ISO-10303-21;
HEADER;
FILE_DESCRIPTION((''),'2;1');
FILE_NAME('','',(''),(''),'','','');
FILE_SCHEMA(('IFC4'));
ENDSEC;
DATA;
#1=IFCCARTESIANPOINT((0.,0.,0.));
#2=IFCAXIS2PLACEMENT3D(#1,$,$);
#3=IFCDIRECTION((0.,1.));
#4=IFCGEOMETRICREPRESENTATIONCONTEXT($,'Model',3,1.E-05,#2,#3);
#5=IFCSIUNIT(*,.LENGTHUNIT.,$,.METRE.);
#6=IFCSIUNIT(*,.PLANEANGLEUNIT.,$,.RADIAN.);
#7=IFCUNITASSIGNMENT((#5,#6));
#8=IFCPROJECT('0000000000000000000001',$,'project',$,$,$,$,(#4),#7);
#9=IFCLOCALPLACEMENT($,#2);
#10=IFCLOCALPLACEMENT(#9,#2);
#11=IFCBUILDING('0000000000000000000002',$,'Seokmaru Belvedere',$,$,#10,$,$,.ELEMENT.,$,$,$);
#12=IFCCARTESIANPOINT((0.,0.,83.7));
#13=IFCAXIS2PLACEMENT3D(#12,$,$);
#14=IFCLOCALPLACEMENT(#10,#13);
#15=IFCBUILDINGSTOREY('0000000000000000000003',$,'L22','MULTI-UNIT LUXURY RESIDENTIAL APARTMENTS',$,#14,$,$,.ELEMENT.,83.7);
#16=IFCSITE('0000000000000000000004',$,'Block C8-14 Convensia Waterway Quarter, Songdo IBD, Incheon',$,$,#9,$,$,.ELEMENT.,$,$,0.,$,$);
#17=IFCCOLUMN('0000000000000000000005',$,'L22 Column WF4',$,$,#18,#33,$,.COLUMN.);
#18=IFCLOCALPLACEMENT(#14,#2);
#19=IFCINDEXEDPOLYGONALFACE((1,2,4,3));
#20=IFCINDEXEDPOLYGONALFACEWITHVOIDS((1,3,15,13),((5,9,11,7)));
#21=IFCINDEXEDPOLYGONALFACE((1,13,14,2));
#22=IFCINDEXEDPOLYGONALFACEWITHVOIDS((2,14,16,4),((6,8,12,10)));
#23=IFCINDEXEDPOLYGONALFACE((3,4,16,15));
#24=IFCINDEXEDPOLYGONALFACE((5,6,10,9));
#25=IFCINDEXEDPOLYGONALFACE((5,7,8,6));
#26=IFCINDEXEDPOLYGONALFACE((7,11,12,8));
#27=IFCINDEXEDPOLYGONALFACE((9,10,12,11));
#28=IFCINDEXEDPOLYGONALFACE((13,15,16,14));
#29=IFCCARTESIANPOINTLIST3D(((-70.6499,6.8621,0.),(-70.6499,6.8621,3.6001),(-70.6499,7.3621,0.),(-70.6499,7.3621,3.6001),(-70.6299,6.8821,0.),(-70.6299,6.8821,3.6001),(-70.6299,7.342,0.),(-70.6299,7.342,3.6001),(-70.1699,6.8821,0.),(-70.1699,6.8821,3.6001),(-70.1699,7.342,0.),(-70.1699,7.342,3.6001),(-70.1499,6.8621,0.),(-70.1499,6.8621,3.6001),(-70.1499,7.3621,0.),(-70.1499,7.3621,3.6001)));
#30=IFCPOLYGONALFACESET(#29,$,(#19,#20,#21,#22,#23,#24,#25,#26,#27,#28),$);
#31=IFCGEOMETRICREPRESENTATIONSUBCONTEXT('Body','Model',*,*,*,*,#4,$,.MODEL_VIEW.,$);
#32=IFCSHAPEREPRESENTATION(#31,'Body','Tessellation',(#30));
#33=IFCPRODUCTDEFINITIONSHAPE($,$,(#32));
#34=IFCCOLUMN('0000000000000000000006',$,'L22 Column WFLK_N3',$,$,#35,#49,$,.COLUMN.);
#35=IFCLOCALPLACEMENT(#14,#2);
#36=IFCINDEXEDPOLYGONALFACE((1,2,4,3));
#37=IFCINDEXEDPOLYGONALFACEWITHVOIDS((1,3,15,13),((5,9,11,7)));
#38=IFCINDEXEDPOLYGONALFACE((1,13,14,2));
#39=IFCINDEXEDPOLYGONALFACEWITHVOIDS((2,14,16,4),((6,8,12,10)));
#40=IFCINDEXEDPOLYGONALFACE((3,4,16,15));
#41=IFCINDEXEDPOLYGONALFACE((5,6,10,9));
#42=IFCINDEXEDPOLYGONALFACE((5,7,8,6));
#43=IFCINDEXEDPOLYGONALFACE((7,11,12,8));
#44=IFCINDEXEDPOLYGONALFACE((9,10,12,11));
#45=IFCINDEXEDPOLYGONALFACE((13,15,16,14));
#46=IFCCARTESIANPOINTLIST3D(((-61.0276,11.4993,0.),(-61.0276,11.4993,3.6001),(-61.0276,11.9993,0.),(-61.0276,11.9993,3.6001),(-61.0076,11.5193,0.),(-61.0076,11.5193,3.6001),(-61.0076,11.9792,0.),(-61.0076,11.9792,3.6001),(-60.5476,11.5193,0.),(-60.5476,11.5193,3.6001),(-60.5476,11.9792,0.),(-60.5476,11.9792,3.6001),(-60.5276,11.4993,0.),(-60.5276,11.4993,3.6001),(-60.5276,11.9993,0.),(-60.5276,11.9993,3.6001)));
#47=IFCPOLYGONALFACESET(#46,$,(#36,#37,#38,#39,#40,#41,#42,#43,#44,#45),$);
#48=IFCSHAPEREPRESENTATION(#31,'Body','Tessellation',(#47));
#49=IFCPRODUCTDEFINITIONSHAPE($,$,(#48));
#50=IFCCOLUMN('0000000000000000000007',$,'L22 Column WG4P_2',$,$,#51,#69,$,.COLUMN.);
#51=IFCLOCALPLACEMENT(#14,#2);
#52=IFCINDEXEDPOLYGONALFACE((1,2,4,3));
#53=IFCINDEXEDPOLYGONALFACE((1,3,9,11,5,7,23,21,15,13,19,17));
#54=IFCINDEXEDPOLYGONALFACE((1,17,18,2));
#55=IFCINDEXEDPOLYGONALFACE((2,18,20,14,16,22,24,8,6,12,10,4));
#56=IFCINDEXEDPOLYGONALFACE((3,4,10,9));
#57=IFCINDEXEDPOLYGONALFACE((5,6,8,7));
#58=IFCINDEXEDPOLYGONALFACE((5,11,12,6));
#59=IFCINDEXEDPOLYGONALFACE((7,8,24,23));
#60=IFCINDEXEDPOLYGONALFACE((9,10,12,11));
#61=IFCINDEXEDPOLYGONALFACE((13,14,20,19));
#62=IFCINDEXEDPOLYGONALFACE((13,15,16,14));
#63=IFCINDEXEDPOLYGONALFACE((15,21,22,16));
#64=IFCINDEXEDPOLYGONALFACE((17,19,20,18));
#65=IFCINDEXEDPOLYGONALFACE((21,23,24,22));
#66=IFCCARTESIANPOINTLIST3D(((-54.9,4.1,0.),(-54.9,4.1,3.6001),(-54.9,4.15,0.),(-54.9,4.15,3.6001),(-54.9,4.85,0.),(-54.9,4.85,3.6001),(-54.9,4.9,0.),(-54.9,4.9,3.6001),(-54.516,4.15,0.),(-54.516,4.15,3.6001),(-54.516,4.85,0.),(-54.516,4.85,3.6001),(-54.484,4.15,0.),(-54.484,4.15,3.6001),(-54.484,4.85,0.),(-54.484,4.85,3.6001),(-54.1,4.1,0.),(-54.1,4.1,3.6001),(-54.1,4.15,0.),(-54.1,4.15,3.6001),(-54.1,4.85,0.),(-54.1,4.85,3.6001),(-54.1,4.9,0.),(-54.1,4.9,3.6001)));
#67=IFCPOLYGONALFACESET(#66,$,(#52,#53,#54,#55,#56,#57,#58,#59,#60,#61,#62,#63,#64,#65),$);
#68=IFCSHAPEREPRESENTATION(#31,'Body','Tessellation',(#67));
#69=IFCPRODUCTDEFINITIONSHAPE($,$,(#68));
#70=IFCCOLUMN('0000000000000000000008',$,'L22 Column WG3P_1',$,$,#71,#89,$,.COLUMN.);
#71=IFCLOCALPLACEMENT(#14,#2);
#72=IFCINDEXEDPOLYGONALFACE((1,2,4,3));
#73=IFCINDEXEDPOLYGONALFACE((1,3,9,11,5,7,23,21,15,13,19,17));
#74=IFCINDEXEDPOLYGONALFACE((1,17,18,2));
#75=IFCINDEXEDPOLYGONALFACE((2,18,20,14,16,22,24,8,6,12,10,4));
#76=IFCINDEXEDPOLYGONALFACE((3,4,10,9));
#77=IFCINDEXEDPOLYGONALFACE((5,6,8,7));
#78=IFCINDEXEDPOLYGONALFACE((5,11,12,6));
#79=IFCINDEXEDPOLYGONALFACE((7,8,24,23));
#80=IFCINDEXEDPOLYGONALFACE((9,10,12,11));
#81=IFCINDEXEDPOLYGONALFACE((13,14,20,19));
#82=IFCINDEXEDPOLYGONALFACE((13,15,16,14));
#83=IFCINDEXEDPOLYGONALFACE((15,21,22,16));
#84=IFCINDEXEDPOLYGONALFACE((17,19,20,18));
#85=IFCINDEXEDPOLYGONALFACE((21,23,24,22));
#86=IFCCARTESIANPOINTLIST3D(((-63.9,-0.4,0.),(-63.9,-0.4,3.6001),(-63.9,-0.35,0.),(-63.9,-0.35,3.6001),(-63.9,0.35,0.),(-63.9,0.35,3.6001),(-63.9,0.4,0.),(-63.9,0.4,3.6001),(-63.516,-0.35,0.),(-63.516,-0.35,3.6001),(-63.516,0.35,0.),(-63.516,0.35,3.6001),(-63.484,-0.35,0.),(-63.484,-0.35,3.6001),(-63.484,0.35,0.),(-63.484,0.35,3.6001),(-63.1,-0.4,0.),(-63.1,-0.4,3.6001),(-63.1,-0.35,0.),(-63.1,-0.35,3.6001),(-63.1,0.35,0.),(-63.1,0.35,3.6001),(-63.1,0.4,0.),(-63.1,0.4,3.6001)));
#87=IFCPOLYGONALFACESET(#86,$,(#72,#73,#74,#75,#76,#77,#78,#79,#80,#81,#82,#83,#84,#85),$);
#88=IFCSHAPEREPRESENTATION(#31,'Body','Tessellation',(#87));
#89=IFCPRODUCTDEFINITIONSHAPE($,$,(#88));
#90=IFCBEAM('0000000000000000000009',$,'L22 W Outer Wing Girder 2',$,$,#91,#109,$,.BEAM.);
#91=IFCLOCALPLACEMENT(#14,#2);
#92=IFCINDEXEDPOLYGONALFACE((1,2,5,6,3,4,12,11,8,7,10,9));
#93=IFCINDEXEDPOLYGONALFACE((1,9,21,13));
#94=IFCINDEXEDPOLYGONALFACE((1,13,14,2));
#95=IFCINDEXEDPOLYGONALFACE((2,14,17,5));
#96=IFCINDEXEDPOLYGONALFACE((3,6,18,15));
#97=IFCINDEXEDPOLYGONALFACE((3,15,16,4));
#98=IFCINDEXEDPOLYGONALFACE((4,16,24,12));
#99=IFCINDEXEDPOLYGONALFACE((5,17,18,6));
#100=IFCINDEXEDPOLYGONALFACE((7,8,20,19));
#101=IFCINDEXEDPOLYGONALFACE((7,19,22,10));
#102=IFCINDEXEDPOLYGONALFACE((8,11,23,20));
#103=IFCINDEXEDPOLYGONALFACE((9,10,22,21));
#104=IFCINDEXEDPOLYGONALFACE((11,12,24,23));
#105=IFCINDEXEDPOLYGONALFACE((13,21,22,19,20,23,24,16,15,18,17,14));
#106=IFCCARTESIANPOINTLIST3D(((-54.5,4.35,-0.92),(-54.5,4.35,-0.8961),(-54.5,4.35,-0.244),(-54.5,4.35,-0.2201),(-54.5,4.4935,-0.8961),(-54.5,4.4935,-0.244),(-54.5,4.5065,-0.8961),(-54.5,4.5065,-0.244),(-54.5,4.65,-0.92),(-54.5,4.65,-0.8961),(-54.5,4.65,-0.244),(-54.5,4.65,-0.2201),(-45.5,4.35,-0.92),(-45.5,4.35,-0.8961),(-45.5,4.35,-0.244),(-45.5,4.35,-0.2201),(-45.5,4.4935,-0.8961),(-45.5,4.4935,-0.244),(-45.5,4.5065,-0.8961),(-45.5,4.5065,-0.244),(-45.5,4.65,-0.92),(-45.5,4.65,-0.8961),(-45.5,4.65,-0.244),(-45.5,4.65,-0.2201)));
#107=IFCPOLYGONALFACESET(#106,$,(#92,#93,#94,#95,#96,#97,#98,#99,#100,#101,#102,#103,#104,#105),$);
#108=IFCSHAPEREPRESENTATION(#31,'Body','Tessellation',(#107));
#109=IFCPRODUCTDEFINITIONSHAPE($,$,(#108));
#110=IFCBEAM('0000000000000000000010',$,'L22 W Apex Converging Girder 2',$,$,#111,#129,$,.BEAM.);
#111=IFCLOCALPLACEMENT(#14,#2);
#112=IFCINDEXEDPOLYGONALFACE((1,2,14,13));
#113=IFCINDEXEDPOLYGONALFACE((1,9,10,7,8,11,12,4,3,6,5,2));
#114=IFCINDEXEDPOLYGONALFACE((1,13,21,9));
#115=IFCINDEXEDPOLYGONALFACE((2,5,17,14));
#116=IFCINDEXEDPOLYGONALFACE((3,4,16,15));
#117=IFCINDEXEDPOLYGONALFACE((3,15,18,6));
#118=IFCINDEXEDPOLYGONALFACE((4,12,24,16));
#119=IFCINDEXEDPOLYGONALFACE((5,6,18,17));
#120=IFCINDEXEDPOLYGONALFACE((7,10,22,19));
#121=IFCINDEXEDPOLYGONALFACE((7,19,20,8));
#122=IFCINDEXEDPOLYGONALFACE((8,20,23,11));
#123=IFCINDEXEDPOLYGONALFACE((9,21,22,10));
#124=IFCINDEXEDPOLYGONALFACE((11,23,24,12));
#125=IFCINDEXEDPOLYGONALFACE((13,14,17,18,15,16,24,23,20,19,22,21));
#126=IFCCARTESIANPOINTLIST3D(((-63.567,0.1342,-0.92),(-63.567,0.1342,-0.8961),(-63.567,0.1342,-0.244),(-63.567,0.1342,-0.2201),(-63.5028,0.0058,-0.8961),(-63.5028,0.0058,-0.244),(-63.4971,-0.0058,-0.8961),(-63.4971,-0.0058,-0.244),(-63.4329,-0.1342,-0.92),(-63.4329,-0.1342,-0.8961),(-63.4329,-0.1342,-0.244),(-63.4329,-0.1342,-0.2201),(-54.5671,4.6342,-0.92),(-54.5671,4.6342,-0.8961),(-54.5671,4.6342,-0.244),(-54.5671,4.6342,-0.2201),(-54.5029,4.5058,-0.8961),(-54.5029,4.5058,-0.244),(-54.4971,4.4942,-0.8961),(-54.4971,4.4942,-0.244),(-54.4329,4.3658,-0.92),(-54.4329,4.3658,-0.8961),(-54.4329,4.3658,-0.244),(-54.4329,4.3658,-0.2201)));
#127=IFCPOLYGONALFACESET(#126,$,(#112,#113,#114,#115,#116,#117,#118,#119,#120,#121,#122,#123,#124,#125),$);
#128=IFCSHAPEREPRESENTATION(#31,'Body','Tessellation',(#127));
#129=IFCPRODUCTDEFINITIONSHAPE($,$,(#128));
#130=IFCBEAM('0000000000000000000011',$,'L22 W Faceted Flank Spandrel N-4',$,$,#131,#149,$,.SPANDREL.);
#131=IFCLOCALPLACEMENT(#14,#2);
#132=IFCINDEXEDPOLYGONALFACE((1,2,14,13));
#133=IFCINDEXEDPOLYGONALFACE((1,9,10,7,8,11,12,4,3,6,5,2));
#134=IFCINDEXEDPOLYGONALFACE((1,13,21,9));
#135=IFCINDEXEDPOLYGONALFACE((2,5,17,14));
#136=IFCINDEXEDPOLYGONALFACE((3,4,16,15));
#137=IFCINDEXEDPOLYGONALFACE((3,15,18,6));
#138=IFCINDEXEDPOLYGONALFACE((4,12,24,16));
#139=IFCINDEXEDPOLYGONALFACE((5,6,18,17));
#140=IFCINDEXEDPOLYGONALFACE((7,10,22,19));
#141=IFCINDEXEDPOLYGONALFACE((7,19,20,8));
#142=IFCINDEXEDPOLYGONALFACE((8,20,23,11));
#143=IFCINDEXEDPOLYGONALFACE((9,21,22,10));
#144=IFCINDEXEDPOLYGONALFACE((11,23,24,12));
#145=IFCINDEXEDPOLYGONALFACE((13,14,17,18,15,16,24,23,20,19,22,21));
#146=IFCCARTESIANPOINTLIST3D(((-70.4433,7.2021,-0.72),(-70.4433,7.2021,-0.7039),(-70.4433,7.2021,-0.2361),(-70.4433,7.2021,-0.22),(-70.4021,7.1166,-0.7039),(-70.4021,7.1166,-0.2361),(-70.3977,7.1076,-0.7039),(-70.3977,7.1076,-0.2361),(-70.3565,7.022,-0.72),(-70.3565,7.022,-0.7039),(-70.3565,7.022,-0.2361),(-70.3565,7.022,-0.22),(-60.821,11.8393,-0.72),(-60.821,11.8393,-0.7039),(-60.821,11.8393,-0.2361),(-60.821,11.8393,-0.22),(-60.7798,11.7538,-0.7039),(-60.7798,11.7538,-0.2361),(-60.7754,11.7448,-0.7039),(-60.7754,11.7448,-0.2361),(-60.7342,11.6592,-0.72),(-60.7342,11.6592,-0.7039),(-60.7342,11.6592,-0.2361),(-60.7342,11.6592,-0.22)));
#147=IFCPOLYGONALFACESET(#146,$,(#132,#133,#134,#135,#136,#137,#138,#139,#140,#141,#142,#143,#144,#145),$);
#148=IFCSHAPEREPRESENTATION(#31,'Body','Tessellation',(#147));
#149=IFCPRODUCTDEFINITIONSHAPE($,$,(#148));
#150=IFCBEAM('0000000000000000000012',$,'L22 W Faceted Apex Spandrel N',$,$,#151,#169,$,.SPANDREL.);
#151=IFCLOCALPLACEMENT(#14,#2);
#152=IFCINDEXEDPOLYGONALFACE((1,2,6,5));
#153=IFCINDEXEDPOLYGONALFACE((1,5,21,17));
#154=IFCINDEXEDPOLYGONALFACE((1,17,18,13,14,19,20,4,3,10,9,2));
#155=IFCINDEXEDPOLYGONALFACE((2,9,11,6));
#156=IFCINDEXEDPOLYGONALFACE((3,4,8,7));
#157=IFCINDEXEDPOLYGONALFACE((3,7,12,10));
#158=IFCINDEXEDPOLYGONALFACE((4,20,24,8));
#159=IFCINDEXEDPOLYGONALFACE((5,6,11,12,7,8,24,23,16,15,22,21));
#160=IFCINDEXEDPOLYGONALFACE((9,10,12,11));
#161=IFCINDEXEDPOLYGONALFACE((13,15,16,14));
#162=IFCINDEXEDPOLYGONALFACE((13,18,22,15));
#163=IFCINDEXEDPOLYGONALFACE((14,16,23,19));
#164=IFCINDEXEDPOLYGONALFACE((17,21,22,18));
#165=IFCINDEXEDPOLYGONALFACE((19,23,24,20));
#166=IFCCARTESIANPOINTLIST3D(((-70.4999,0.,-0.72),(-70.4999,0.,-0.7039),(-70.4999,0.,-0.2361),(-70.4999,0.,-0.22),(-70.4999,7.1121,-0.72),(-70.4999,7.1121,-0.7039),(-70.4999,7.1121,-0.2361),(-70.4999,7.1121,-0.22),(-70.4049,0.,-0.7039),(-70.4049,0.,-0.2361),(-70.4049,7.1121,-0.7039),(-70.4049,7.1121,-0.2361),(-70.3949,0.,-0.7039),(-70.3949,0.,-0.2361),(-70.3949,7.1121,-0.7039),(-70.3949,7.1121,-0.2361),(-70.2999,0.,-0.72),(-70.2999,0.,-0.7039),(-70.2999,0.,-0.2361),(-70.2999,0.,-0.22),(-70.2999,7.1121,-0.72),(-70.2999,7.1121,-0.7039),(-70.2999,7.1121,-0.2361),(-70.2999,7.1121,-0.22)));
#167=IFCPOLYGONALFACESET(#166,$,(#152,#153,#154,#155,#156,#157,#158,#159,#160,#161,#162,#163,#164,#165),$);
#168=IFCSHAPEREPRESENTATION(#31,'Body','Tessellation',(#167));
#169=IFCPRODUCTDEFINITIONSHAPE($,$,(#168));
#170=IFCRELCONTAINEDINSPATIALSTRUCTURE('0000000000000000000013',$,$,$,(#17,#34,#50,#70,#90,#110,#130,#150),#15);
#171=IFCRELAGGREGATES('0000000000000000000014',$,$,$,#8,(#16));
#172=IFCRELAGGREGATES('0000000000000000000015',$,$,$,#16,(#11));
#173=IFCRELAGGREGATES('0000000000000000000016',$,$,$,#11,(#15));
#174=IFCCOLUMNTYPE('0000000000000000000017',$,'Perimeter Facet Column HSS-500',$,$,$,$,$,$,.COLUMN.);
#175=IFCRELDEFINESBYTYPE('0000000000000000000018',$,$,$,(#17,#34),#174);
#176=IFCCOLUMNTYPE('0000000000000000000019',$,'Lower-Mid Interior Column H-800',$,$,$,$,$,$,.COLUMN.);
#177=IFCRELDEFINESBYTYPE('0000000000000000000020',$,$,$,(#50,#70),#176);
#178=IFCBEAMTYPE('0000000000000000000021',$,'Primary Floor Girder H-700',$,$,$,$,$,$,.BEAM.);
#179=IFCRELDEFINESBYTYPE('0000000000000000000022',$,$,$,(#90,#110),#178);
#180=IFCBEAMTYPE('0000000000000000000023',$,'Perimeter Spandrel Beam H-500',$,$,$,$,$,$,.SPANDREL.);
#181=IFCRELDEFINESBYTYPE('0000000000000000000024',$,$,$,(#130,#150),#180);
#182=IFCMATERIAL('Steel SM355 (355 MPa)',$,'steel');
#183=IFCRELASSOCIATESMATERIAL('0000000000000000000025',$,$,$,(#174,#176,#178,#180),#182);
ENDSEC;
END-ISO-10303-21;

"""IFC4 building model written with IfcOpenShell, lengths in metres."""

from ifc_helpers import new_model, si_unit, direction, frame, origin, origin_2d, place, context, subcontext, project, spatial, hollow_rectangle, i_section, extrude, source, transform, mapped, material, material_profile, profile_set, type_object, type_shapes, element, save


model = new_model("IFC4")

# Units and contexts
model_context = context("Model", 3, precision=1e-05, world=origin(), true_north=direction((0.0, 1.0)))
body_context = subcontext(model_context, "Body", "Model", "MODEL_VIEW")
ifc_project = project(units=[si_unit("LENGTHUNIT", "METRE"), si_unit("PLANEANGLEUNIT", "RADIAN")], contexts=[model_context])

# Site, building, storey
site_placement = place(None, origin())
site = spatial("IfcSite", under=ifc_project, at=site_placement, Name="Block C8-14 Convensia Waterway Quarter, Songdo IBD, Incheon", CompositionType="ELEMENT", RefElevation=0.0)
building_placement = place(site_placement, origin())
building = spatial("IfcBuilding", under=site, at=building_placement, Name="Seokmaru Belvedere", CompositionType="ELEMENT")
storey_placement = place(building_placement, frame((0.0, 0.0, 83.7)))
storey = spatial("IfcBuildingStorey", under=building, at=storey_placement, Name="L22", Description="MULTI-UNIT LUXURY RESIDENTIAL APARTMENTS", CompositionType="ELEMENT", Elevation=83.7)

# Columns
ifc_material_1 = material(Name="Steel SM355 (355 MPa)", Category="steel")
ifc_material_profile_1 = material_profile(ifc_material_1, hollow_rectangle(XDim=0.5, YDim=0.5, WallThickness=0.02, at=origin_2d()), Name="HSS-500x500x20")
ifc_profile_set_1 = profile_set([ifc_material_profile_1], Name="Steel SM355 (355 MPa)")
column_type_1 = type_object("IfcColumnType", Name="Perimeter Facet Column HSS-500", PredefinedType="COLUMN", material=ifc_profile_set_1)
shared_shape_1 = source(origin(), body_context, "Body", "SweptSolid", [
    extrude(hollow_rectangle(XDim=0.5, YDim=0.5, WallThickness=0.02, at=origin_2d()), origin(), (0.0, 0.0, 1.0), 3.6001),
])
type_shapes(column_type_1, [shared_shape_1])
for number, where, z_axis, x_axis, name in (
    (1, (-70.3999, 7.1121, 0.0), (0.0, 0.0, 1.0), (1.0, 0.0, 0.0), "L22 Column WF4"),
    (2, (-60.7776, 11.7493, 0.0), (0.0, 0.0, 1.0), (1.0, 0.0, 0.0), "L22 Column WFLK_N3"),
):
    element("IfcColumn", number, at=place(storey_placement, frame(where, z_axis=z_axis, x_axis=x_axis)), inside=storey, type_object=column_type_1, Name=name, PredefinedType="COLUMN", context=body_context, shape_type="MappedRepresentation", body=[
        mapped(shared_shape_1, transform((0.0, 0.0, 0.0), scale=1.0)),
    ])
ifc_material_profile_2 = material_profile(ifc_material_1, i_section(OverallWidth=0.8, OverallDepth=0.8, WebThickness=0.032, FlangeThickness=0.05, at=origin_2d()), Name="H-800x800x32x50")
ifc_profile_set_2 = profile_set([ifc_material_profile_2], Name="Steel SM355 (355 MPa)")
column_type_2 = type_object("IfcColumnType", Name="Lower-Mid Interior Column H-800", PredefinedType="COLUMN", material=ifc_profile_set_2)
shared_shape_2 = source(origin(), body_context, "Body", "SweptSolid", [
    extrude(i_section(OverallWidth=0.8, OverallDepth=0.8, WebThickness=0.032, FlangeThickness=0.05, at=origin_2d()), origin(), (0.0, 0.0, 1.0), 3.6001),
])
type_shapes(column_type_2, [shared_shape_2])
for number, where, z_axis, x_axis, name in (
    (3, (-54.5, 4.5, 0.0), (0.0, 0.0, 1.0), (1.0, 0.0, 0.0), "L22 Column WG4P_2"),
    (4, (-63.5, 0.0, 0.0), (0.0, 0.0, 1.0), (1.0, 0.0, 0.0), "L22 Column WG3P_1"),
):
    element("IfcColumn", number, at=place(storey_placement, frame(where, z_axis=z_axis, x_axis=x_axis)), inside=storey, type_object=column_type_2, Name=name, PredefinedType="COLUMN", context=body_context, shape_type="MappedRepresentation", body=[
        mapped(shared_shape_2, transform((0.0, 0.0, 0.0), scale=1.0)),
    ])

# Beams
ifc_material_profile_3 = material_profile(ifc_material_1, i_section(OverallWidth=0.3, OverallDepth=0.7, WebThickness=0.0129, FlangeThickness=0.0239, at=origin_2d()), Name="H-700x300x13x24")
ifc_profile_set_3 = profile_set([ifc_material_profile_3], Name="Steel SM355 (355 MPa)")
beam_type_1 = type_object("IfcBeamType", Name="Primary Floor Girder H-700", PredefinedType="BEAM", material=ifc_profile_set_3)
shared_shape_3 = source(origin(), body_context, "Body", "SweptSolid", [
    extrude(i_section(OverallWidth=0.3, OverallDepth=0.7, WebThickness=0.0129, FlangeThickness=0.0239, at=origin_2d()), origin(), (0.0, 0.0, 1.0), 9.0),
])
beam_1_placement = place(storey_placement, frame((-54.5, 4.5, -0.5701), z_axis=(1.0, 0.0, 0.0), x_axis=(0.0, 1.0, 0.0)))
element("IfcBeam", 5, at=beam_1_placement, inside=storey, type_object=beam_type_1, Name="L22 W Outer Wing Girder 2", PredefinedType="BEAM", context=body_context, shape_type="MappedRepresentation", body=[
    mapped(shared_shape_3, transform((0.0, 0.0, 0.0), scale=1.0)),
])
shared_shape_4 = source(origin(), body_context, "Body", "SweptSolid", [
    extrude(i_section(OverallWidth=0.3, OverallDepth=0.7, WebThickness=0.0129, FlangeThickness=0.0239, at=origin_2d()), origin(), (0.0, 0.0, 1.0), 10.0623),
])
beam_2_placement = place(storey_placement, frame((-54.5, 4.5, -0.5701), z_axis=(-0.894427, -0.447214, 0.0), x_axis=(0.447214, -0.894427, 0.0)))
element("IfcBeam", 6, at=beam_2_placement, inside=storey, type_object=beam_type_1, Name="L22 W Apex Converging Girder 2", PredefinedType="BEAM", context=body_context, shape_type="MappedRepresentation", body=[
    mapped(shared_shape_4, transform((0.0, 0.0, 0.0), scale=1.0)),
])
ifc_material_profile_4 = material_profile(ifc_material_1, i_section(OverallWidth=0.2, OverallDepth=0.5, WebThickness=0.01, FlangeThickness=0.0161, at=origin_2d()), Name="H-500x200x10x16")
ifc_profile_set_4 = profile_set([ifc_material_profile_4], Name="Steel SM355 (355 MPa)")
beam_type_2 = type_object("IfcBeamType", Name="Perimeter Spandrel Beam H-500", PredefinedType="SPANDREL", material=ifc_profile_set_4)
shared_shape_5 = source(origin(), body_context, "Body", "SweptSolid", [
    extrude(i_section(OverallWidth=0.2, OverallDepth=0.5, WebThickness=0.01, FlangeThickness=0.0161, at=origin_2d()), origin(), (0.0, 0.0, 1.0), 10.6814),
])
beam_3_placement = place(storey_placement, frame((-60.7776, 11.7493, -0.47), z_axis=(-0.900846, -0.434138, 0.0), x_axis=(0.434138, -0.900846, 0.0)))
element("IfcBeam", 7, at=beam_3_placement, inside=storey, type_object=beam_type_2, Name="L22 W Faceted Flank Spandrel N-4", PredefinedType="SPANDREL", context=body_context, shape_type="MappedRepresentation", body=[
    mapped(shared_shape_5, transform((0.0, 0.0, 0.0), scale=1.0)),
])
shared_shape_6 = source(origin(), body_context, "Body", "SweptSolid", [
    extrude(i_section(OverallWidth=0.2, OverallDepth=0.5, WebThickness=0.01, FlangeThickness=0.0161, at=origin_2d()), origin(), (0.0, 0.0, 1.0), 7.1121),
])
type_shapes(beam_type_2, [shared_shape_5, shared_shape_6])
beam_4_placement = place(storey_placement, frame((-70.3999, 0.0, -0.47), z_axis=(0.0, 1.0, 0.0), x_axis=(-1.0, 0.0, 0.0)))
element("IfcBeam", 8, at=beam_4_placement, inside=storey, type_object=beam_type_2, Name="L22 W Faceted Apex Spandrel N", PredefinedType="SPANDREL", context=body_context, shape_type="MappedRepresentation", body=[
    mapped(shared_shape_6, transform((0.0, 0.0, 0.0), scale=1.0)),
])

save(model, "model.ifc")
